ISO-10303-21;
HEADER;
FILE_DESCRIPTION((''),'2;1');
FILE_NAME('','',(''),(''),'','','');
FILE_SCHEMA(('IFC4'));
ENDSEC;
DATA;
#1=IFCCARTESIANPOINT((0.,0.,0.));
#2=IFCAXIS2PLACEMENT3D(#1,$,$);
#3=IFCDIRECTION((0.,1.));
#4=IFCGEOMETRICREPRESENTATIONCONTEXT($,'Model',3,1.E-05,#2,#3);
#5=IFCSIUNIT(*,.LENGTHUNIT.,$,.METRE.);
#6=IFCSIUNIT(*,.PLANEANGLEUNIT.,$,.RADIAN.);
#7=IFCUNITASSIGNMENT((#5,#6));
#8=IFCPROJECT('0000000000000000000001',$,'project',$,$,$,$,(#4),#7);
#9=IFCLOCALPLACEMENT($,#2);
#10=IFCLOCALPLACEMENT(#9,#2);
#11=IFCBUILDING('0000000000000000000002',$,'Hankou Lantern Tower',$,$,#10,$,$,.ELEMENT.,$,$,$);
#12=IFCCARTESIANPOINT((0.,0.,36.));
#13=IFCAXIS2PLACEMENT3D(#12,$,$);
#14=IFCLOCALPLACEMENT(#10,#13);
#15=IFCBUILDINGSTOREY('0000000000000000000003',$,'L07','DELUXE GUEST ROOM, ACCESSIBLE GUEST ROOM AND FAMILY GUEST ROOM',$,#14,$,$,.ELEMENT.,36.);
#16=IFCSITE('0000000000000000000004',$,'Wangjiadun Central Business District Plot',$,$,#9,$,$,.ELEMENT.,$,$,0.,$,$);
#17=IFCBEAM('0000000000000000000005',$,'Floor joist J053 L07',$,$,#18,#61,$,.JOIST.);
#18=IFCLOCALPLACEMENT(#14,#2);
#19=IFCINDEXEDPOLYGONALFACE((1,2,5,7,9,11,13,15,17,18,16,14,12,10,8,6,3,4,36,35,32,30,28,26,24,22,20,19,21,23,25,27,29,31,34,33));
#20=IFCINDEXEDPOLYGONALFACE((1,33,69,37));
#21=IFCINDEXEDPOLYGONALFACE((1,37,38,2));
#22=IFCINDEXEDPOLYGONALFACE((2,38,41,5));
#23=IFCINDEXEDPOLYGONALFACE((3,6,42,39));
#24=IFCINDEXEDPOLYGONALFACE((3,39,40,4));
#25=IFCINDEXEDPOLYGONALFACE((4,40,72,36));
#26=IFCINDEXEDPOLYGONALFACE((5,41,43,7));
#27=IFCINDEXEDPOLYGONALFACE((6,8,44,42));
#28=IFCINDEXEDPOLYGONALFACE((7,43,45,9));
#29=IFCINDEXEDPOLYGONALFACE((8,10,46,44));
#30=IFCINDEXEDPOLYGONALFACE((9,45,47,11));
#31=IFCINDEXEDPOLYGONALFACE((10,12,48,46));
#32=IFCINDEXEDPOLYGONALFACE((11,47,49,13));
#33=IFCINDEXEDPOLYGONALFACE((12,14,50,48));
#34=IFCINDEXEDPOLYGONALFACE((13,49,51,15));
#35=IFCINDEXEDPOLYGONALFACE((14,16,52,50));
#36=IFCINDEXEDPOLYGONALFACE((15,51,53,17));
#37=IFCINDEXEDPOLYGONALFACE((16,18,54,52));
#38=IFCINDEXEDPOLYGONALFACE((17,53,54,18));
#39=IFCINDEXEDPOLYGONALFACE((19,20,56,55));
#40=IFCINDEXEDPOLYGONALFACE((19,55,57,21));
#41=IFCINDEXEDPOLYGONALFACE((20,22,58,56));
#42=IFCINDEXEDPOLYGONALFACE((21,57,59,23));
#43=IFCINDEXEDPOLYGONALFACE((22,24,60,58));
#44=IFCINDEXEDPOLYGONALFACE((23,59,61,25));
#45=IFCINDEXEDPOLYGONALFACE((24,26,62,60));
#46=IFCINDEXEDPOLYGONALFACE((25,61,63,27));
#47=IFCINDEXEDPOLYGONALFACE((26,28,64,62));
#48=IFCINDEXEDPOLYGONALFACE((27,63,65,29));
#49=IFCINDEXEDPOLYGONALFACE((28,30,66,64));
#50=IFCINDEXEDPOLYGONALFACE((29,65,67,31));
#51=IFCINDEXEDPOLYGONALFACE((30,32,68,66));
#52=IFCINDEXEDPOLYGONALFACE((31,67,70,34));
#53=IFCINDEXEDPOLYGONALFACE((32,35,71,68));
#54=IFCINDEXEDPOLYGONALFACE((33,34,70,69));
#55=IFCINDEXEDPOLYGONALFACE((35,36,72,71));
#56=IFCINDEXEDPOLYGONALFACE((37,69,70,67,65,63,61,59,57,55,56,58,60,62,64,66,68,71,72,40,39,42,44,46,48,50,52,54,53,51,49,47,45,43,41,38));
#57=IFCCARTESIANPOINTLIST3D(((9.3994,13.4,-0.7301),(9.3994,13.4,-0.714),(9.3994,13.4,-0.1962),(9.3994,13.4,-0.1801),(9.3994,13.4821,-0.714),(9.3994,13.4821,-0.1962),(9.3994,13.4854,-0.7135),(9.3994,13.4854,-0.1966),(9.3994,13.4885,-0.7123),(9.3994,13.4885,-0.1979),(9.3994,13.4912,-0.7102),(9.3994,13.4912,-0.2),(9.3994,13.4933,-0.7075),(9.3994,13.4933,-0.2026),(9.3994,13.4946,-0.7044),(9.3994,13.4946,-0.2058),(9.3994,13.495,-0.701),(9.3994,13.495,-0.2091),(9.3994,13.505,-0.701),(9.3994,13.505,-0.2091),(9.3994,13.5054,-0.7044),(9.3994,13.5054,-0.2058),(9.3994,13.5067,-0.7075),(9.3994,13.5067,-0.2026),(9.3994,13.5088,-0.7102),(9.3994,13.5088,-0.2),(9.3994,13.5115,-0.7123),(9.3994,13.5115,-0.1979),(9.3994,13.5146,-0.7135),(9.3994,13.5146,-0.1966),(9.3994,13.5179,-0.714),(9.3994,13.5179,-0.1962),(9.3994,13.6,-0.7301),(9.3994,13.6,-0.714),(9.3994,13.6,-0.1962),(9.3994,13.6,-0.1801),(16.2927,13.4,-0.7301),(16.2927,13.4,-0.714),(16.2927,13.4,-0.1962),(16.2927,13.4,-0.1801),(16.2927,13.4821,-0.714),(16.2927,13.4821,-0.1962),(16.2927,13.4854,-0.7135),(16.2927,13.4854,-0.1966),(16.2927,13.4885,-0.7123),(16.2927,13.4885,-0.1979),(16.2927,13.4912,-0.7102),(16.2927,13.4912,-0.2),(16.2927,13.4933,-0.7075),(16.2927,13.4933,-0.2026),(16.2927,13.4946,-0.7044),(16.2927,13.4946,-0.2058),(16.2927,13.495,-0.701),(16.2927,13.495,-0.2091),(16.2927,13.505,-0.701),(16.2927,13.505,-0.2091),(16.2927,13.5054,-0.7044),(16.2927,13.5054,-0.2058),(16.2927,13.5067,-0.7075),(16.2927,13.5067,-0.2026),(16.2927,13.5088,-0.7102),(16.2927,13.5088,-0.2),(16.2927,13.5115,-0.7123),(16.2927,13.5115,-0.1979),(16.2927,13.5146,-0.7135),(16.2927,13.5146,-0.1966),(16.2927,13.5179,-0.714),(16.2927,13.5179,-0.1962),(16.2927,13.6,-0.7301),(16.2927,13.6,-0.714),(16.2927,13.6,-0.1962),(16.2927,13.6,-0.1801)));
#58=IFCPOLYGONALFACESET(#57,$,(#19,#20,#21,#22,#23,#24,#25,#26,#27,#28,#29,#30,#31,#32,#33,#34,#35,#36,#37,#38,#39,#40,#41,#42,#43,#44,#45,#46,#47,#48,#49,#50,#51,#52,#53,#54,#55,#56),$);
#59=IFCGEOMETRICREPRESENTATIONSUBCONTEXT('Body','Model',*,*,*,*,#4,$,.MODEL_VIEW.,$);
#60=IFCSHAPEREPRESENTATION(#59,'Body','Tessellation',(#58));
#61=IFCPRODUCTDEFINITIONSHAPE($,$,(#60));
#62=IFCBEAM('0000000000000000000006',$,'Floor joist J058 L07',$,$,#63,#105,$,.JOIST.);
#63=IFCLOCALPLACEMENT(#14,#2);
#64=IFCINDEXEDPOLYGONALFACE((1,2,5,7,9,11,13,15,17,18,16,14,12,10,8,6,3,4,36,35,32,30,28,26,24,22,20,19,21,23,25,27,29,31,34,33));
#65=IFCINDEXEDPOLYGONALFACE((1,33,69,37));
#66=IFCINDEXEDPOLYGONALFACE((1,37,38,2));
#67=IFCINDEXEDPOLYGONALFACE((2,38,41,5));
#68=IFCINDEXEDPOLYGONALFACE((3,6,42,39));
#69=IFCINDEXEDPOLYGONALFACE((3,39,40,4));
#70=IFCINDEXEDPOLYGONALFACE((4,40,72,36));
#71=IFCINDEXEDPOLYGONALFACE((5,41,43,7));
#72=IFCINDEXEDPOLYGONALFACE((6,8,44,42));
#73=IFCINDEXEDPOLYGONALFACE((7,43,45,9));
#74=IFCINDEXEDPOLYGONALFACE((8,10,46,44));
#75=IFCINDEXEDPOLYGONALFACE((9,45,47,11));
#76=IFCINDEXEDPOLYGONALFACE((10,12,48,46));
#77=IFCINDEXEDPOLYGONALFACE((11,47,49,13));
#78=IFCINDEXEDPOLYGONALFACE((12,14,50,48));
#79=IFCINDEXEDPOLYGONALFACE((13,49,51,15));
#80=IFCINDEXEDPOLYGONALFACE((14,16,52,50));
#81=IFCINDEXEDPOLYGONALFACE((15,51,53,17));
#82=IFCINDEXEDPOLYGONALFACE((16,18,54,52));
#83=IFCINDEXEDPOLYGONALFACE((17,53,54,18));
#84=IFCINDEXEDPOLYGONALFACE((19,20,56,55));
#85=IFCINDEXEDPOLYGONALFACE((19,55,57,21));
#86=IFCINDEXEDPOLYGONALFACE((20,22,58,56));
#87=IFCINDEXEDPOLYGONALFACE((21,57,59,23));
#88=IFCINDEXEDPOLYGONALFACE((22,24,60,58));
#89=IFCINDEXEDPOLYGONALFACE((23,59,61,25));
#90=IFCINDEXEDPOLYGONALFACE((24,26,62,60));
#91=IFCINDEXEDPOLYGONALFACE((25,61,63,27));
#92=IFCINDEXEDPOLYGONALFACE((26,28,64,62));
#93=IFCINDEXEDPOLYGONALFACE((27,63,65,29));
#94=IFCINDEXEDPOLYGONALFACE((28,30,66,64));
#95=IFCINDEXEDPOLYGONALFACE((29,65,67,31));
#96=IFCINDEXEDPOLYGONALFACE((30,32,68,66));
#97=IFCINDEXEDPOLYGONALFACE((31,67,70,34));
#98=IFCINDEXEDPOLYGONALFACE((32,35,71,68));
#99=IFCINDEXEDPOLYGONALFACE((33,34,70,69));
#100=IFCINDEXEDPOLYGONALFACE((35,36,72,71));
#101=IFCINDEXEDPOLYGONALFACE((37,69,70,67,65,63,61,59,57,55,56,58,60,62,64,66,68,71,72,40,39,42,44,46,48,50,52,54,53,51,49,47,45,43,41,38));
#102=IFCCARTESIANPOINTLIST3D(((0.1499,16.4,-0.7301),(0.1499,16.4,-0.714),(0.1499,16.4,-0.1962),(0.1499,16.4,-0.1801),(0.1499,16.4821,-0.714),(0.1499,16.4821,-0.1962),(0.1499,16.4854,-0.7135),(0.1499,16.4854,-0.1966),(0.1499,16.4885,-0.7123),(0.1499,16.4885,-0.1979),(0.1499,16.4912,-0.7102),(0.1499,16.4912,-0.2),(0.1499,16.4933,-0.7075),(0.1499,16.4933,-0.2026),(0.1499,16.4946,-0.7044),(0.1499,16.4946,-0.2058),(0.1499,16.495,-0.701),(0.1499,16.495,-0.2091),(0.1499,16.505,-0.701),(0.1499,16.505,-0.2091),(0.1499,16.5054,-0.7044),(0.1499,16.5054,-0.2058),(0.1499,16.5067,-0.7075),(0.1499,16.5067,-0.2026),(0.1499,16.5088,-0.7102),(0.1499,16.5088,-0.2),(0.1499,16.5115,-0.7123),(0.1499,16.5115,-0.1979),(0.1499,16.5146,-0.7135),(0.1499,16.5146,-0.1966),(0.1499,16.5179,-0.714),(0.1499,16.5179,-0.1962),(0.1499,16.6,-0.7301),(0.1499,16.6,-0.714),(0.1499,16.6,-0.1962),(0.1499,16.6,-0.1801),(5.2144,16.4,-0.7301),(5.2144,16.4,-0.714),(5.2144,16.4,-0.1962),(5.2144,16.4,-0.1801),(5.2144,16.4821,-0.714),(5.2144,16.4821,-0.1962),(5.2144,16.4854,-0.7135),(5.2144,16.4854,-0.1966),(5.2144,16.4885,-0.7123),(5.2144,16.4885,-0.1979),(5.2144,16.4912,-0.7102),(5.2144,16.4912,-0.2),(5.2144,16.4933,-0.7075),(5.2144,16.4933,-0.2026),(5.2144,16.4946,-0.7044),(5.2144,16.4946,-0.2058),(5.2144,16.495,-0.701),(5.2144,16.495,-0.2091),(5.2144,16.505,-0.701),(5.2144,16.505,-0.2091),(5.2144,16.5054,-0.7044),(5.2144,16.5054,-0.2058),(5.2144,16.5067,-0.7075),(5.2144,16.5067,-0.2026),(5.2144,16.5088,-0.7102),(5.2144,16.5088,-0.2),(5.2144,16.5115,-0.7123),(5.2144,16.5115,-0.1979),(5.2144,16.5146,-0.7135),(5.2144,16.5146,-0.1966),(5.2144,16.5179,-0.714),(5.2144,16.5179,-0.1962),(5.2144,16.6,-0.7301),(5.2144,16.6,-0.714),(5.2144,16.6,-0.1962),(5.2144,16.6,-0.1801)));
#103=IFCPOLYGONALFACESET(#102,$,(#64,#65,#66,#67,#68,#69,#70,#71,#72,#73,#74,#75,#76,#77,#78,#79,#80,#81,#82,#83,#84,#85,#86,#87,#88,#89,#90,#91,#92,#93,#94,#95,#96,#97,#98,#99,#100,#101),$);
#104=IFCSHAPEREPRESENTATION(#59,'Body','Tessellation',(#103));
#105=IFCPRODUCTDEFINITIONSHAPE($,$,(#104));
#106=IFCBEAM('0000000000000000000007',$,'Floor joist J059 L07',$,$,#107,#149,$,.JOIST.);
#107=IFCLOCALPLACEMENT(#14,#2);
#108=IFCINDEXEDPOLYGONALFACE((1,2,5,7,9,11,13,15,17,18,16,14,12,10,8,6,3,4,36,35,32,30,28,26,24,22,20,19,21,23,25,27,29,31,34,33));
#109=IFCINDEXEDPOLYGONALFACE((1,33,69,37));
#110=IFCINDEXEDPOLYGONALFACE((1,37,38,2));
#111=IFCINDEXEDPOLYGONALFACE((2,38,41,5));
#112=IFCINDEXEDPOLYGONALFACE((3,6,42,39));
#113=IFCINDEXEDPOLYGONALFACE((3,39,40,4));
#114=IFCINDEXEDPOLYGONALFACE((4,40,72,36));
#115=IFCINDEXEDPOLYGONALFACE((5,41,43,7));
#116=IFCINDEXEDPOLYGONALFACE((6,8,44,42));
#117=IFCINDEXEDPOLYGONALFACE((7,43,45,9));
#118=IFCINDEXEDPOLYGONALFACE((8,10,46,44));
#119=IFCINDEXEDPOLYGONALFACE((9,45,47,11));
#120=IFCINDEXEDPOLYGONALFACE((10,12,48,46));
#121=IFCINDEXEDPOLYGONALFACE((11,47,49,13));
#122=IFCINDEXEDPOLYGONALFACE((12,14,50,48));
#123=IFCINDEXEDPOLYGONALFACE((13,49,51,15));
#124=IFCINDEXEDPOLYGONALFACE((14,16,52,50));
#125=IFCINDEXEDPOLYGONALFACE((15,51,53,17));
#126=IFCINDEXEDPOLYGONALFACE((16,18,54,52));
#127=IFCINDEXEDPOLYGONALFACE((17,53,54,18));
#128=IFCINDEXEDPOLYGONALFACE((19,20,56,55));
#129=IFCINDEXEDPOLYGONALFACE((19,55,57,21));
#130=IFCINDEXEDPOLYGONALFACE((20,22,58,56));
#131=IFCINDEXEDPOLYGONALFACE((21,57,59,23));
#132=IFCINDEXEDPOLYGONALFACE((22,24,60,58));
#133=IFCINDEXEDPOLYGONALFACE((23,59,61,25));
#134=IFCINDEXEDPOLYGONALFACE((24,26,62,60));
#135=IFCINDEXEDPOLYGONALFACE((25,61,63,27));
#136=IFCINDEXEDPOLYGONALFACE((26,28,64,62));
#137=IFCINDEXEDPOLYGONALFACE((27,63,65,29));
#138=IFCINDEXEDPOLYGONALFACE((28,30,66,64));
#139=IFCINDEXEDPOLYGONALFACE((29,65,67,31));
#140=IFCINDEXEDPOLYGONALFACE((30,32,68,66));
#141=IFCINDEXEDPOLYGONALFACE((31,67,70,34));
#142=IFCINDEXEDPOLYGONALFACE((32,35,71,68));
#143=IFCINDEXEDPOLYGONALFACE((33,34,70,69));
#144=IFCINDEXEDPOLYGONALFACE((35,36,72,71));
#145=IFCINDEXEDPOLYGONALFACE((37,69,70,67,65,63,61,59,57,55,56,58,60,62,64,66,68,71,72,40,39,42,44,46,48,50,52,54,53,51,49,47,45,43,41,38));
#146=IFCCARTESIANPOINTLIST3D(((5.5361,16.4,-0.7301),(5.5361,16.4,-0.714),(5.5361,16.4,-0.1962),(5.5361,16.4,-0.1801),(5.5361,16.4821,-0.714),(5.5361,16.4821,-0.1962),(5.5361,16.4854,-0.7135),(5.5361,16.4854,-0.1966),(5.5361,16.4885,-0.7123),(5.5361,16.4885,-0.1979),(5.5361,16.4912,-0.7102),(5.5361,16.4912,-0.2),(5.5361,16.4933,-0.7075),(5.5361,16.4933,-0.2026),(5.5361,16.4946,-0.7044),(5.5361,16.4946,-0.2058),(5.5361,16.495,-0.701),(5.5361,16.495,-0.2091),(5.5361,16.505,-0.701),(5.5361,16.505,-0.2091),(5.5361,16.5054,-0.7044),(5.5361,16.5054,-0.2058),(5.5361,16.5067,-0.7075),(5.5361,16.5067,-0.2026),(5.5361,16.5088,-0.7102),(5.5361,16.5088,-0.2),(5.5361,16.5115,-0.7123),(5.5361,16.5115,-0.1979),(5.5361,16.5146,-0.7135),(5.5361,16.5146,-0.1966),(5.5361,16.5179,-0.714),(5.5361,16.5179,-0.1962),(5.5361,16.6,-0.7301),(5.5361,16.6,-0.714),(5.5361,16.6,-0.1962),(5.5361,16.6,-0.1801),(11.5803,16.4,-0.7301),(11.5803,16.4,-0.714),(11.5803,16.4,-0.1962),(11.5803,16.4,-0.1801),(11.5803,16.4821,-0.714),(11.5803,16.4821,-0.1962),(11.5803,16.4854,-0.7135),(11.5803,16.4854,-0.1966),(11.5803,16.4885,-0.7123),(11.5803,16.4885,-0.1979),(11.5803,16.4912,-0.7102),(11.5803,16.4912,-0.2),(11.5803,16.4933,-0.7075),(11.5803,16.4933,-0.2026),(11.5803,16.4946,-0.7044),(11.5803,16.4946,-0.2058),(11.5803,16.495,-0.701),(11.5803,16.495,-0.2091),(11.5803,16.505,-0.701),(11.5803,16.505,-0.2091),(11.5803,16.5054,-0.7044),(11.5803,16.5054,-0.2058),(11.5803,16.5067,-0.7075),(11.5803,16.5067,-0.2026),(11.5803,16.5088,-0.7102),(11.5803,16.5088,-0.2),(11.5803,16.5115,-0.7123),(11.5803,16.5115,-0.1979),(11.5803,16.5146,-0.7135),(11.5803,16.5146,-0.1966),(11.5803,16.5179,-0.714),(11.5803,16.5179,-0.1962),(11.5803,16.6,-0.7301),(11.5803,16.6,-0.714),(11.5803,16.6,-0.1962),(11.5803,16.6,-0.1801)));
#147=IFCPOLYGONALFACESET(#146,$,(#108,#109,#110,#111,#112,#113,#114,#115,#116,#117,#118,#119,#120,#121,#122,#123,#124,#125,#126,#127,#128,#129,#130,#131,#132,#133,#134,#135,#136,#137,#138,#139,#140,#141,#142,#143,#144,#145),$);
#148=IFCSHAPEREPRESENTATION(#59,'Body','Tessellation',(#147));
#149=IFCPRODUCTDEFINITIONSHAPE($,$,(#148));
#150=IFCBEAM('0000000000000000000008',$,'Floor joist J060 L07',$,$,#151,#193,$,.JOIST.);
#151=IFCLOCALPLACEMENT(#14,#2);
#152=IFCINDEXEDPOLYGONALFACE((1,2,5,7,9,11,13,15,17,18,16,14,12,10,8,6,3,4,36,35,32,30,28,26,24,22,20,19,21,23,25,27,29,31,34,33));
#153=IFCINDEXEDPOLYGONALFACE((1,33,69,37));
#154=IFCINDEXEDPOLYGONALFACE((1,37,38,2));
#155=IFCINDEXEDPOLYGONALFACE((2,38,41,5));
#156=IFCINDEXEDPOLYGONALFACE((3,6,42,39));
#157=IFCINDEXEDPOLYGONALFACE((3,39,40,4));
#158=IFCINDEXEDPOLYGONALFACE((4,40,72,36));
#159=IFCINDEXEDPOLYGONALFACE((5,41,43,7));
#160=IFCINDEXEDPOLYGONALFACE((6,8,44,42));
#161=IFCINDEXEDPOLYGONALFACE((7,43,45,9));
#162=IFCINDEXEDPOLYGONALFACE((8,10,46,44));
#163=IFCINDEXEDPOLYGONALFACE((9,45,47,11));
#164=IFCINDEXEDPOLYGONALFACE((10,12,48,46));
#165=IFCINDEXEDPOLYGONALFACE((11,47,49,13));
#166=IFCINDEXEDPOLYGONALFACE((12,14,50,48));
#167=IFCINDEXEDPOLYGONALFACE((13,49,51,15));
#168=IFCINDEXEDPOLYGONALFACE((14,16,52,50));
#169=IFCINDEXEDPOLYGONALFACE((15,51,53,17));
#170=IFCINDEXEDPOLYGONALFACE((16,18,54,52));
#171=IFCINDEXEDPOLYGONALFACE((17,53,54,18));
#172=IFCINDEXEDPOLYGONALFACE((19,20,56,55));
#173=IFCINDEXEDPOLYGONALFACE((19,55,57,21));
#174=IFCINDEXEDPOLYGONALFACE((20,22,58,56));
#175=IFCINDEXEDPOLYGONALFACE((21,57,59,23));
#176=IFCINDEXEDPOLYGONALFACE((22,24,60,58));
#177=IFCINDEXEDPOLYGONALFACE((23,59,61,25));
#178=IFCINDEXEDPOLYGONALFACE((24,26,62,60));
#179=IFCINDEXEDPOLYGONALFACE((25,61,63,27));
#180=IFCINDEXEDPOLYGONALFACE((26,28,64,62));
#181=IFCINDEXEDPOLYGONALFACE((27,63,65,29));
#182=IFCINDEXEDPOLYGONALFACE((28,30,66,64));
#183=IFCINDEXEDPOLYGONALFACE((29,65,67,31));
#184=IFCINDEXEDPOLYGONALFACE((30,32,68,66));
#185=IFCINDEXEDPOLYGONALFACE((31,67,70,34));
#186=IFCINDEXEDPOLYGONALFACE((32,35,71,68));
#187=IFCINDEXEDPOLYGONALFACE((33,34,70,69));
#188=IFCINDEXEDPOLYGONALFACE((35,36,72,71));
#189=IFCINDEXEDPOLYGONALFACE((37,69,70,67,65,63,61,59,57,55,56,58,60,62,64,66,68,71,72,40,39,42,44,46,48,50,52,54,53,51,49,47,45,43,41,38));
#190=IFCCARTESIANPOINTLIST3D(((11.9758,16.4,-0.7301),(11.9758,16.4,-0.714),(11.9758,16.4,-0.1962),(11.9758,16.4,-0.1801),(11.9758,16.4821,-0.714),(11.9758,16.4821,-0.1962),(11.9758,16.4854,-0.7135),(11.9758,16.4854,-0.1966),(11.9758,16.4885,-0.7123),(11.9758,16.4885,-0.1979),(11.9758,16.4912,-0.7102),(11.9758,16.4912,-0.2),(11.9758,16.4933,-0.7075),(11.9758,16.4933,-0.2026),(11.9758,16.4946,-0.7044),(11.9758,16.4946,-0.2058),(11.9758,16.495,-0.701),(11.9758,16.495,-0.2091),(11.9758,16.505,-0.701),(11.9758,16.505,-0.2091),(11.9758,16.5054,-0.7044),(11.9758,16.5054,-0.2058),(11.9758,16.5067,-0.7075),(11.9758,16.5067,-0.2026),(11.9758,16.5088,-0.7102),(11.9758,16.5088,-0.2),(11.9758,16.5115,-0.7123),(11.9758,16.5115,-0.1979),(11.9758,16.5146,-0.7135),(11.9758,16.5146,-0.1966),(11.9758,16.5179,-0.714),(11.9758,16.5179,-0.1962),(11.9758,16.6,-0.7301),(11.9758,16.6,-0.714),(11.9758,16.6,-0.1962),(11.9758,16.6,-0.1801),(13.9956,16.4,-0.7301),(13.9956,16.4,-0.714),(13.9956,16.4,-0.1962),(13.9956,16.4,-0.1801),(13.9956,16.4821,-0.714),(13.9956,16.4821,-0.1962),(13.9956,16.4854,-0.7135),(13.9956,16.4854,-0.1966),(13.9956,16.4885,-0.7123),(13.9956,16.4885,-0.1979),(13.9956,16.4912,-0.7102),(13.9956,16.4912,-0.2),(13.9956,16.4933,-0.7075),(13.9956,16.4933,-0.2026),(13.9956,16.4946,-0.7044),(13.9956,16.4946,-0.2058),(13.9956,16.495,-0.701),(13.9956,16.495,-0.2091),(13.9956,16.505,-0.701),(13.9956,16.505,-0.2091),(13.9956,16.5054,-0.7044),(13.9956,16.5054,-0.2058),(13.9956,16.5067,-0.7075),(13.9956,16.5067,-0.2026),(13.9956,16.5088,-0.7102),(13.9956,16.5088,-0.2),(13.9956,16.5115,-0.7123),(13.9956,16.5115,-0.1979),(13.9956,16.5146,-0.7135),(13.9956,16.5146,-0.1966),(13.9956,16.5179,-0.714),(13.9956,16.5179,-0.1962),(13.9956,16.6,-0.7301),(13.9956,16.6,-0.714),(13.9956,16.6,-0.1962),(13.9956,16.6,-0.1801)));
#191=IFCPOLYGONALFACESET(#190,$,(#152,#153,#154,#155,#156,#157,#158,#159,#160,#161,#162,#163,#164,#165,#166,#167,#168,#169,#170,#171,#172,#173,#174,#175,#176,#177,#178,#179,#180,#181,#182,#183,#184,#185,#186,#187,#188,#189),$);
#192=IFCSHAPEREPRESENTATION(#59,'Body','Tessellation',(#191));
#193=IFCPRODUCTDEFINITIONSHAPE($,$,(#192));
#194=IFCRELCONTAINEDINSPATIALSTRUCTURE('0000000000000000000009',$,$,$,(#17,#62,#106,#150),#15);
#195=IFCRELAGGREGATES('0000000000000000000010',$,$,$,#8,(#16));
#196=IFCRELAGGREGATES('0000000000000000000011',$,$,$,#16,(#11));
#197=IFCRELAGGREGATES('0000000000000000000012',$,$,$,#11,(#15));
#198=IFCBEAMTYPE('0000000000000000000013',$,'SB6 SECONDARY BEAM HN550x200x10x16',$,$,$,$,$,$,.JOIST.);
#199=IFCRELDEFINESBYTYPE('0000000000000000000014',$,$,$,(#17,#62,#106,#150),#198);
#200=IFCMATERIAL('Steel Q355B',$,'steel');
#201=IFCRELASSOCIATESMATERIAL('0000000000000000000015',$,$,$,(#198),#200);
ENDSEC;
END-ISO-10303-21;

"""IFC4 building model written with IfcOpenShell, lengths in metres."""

from ifc_helpers import new_model, si_unit, direction, frame, origin, origin_2d, place, context, subcontext, project, spatial, i_section, extrude, material, material_profile, profile_set, type_object, element, save


model = new_model("IFC4")

# Units and contexts
model_context = context("Model", 3, precision=1e-05, world=origin(), true_north=direction((0.0, 1.0)))
body_context = subcontext(model_context, "Body", "Model", "MODEL_VIEW")
ifc_project = project(units=[si_unit("LENGTHUNIT", "METRE"), si_unit("PLANEANGLEUNIT", "RADIAN")], contexts=[model_context])

# Site, building, storey
site_placement = place(None, origin())
site = spatial("IfcSite", under=ifc_project, at=site_placement, Name="Wangjiadun Central Business District Plot", CompositionType="ELEMENT", RefElevation=0.0)
building_placement = place(site_placement, origin())
building = spatial("IfcBuilding", under=site, at=building_placement, Name="Hankou Lantern Tower", CompositionType="ELEMENT")
storey_placement = place(building_placement, frame((0.0, 0.0, 36.0)))
storey = spatial("IfcBuildingStorey", under=building, at=storey_placement, Name="L07", Description="DELUXE GUEST ROOM, ACCESSIBLE GUEST ROOM AND FAMILY GUEST ROOM", CompositionType="ELEMENT", Elevation=36.0)

# Beams
ifc_material_1 = material(Name="Steel Q355B", Category="steel")
ifc_material_profile_1 = material_profile(ifc_material_1, i_section(OverallWidth=0.2, OverallDepth=0.55, WebThickness=0.01, FlangeThickness=0.0161, FilletRadius=0.0129, at=origin_2d()), Name="HN550x200x10x16")
ifc_profile_set_1 = profile_set([ifc_material_profile_1], Name="Steel Q355B")
beam_type_1 = type_object("IfcBeamType", Name="SB6 SECONDARY BEAM HN550x200x10x16", PredefinedType="JOIST", material=ifc_profile_set_1)
beam_1_placement = place(storey_placement, frame((9.3994, 13.5, -0.4551), z_axis=(1.0, 0.0, 0.0), x_axis=(0.0, 1.0, 0.0)))
element("IfcBeam", 1, at=beam_1_placement, inside=storey, type_object=beam_type_1, Name="Floor joist J053 L07", PredefinedType="JOIST", context=body_context, shape_type="SweptSolid", body=[
    extrude(i_section(OverallWidth=0.2, OverallDepth=0.55, WebThickness=0.01, FlangeThickness=0.0161, FilletRadius=0.0129, at=origin_2d()), origin(), (0.0, 0.0, 1.0), 6.8933),
])
beam_2_placement = place(storey_placement, frame((0.1499, 16.5, -0.4551), z_axis=(1.0, 0.0, 0.0), x_axis=(0.0, 1.0, 0.0)))
element("IfcBeam", 2, at=beam_2_placement, inside=storey, type_object=beam_type_1, Name="Floor joist J058 L07", PredefinedType="JOIST", context=body_context, shape_type="SweptSolid", body=[
    extrude(i_section(OverallWidth=0.2, OverallDepth=0.55, WebThickness=0.01, FlangeThickness=0.0161, FilletRadius=0.0129, at=origin_2d()), origin(), (0.0, 0.0, 1.0), 5.0645),
])
beam_3_placement = place(storey_placement, frame((5.5361, 16.5, -0.4551), z_axis=(1.0, 0.0, 0.0), x_axis=(0.0, 1.0, 0.0)))
element("IfcBeam", 3, at=beam_3_placement, inside=storey, type_object=beam_type_1, Name="Floor joist J059 L07", PredefinedType="JOIST", context=body_context, shape_type="SweptSolid", body=[
    extrude(i_section(OverallWidth=0.2, OverallDepth=0.55, WebThickness=0.01, FlangeThickness=0.0161, FilletRadius=0.0129, at=origin_2d()), origin(), (0.0, 0.0, 1.0), 6.0442),
])
beam_4_placement = place(storey_placement, frame((11.9758, 16.5, -0.4551), z_axis=(1.0, 0.0, 0.0), x_axis=(0.0, 1.0, 0.0)))
element("IfcBeam", 4, at=beam_4_placement, inside=storey, type_object=beam_type_1, Name="Floor joist J060 L07", PredefinedType="JOIST", context=body_context, shape_type="SweptSolid", body=[
    extrude(i_section(OverallWidth=0.2, OverallDepth=0.55, WebThickness=0.01, FlangeThickness=0.0161, FilletRadius=0.0129, at=origin_2d()), origin(), (0.0, 0.0, 1.0), 2.0198),
])

save(model, "model.ifc")
